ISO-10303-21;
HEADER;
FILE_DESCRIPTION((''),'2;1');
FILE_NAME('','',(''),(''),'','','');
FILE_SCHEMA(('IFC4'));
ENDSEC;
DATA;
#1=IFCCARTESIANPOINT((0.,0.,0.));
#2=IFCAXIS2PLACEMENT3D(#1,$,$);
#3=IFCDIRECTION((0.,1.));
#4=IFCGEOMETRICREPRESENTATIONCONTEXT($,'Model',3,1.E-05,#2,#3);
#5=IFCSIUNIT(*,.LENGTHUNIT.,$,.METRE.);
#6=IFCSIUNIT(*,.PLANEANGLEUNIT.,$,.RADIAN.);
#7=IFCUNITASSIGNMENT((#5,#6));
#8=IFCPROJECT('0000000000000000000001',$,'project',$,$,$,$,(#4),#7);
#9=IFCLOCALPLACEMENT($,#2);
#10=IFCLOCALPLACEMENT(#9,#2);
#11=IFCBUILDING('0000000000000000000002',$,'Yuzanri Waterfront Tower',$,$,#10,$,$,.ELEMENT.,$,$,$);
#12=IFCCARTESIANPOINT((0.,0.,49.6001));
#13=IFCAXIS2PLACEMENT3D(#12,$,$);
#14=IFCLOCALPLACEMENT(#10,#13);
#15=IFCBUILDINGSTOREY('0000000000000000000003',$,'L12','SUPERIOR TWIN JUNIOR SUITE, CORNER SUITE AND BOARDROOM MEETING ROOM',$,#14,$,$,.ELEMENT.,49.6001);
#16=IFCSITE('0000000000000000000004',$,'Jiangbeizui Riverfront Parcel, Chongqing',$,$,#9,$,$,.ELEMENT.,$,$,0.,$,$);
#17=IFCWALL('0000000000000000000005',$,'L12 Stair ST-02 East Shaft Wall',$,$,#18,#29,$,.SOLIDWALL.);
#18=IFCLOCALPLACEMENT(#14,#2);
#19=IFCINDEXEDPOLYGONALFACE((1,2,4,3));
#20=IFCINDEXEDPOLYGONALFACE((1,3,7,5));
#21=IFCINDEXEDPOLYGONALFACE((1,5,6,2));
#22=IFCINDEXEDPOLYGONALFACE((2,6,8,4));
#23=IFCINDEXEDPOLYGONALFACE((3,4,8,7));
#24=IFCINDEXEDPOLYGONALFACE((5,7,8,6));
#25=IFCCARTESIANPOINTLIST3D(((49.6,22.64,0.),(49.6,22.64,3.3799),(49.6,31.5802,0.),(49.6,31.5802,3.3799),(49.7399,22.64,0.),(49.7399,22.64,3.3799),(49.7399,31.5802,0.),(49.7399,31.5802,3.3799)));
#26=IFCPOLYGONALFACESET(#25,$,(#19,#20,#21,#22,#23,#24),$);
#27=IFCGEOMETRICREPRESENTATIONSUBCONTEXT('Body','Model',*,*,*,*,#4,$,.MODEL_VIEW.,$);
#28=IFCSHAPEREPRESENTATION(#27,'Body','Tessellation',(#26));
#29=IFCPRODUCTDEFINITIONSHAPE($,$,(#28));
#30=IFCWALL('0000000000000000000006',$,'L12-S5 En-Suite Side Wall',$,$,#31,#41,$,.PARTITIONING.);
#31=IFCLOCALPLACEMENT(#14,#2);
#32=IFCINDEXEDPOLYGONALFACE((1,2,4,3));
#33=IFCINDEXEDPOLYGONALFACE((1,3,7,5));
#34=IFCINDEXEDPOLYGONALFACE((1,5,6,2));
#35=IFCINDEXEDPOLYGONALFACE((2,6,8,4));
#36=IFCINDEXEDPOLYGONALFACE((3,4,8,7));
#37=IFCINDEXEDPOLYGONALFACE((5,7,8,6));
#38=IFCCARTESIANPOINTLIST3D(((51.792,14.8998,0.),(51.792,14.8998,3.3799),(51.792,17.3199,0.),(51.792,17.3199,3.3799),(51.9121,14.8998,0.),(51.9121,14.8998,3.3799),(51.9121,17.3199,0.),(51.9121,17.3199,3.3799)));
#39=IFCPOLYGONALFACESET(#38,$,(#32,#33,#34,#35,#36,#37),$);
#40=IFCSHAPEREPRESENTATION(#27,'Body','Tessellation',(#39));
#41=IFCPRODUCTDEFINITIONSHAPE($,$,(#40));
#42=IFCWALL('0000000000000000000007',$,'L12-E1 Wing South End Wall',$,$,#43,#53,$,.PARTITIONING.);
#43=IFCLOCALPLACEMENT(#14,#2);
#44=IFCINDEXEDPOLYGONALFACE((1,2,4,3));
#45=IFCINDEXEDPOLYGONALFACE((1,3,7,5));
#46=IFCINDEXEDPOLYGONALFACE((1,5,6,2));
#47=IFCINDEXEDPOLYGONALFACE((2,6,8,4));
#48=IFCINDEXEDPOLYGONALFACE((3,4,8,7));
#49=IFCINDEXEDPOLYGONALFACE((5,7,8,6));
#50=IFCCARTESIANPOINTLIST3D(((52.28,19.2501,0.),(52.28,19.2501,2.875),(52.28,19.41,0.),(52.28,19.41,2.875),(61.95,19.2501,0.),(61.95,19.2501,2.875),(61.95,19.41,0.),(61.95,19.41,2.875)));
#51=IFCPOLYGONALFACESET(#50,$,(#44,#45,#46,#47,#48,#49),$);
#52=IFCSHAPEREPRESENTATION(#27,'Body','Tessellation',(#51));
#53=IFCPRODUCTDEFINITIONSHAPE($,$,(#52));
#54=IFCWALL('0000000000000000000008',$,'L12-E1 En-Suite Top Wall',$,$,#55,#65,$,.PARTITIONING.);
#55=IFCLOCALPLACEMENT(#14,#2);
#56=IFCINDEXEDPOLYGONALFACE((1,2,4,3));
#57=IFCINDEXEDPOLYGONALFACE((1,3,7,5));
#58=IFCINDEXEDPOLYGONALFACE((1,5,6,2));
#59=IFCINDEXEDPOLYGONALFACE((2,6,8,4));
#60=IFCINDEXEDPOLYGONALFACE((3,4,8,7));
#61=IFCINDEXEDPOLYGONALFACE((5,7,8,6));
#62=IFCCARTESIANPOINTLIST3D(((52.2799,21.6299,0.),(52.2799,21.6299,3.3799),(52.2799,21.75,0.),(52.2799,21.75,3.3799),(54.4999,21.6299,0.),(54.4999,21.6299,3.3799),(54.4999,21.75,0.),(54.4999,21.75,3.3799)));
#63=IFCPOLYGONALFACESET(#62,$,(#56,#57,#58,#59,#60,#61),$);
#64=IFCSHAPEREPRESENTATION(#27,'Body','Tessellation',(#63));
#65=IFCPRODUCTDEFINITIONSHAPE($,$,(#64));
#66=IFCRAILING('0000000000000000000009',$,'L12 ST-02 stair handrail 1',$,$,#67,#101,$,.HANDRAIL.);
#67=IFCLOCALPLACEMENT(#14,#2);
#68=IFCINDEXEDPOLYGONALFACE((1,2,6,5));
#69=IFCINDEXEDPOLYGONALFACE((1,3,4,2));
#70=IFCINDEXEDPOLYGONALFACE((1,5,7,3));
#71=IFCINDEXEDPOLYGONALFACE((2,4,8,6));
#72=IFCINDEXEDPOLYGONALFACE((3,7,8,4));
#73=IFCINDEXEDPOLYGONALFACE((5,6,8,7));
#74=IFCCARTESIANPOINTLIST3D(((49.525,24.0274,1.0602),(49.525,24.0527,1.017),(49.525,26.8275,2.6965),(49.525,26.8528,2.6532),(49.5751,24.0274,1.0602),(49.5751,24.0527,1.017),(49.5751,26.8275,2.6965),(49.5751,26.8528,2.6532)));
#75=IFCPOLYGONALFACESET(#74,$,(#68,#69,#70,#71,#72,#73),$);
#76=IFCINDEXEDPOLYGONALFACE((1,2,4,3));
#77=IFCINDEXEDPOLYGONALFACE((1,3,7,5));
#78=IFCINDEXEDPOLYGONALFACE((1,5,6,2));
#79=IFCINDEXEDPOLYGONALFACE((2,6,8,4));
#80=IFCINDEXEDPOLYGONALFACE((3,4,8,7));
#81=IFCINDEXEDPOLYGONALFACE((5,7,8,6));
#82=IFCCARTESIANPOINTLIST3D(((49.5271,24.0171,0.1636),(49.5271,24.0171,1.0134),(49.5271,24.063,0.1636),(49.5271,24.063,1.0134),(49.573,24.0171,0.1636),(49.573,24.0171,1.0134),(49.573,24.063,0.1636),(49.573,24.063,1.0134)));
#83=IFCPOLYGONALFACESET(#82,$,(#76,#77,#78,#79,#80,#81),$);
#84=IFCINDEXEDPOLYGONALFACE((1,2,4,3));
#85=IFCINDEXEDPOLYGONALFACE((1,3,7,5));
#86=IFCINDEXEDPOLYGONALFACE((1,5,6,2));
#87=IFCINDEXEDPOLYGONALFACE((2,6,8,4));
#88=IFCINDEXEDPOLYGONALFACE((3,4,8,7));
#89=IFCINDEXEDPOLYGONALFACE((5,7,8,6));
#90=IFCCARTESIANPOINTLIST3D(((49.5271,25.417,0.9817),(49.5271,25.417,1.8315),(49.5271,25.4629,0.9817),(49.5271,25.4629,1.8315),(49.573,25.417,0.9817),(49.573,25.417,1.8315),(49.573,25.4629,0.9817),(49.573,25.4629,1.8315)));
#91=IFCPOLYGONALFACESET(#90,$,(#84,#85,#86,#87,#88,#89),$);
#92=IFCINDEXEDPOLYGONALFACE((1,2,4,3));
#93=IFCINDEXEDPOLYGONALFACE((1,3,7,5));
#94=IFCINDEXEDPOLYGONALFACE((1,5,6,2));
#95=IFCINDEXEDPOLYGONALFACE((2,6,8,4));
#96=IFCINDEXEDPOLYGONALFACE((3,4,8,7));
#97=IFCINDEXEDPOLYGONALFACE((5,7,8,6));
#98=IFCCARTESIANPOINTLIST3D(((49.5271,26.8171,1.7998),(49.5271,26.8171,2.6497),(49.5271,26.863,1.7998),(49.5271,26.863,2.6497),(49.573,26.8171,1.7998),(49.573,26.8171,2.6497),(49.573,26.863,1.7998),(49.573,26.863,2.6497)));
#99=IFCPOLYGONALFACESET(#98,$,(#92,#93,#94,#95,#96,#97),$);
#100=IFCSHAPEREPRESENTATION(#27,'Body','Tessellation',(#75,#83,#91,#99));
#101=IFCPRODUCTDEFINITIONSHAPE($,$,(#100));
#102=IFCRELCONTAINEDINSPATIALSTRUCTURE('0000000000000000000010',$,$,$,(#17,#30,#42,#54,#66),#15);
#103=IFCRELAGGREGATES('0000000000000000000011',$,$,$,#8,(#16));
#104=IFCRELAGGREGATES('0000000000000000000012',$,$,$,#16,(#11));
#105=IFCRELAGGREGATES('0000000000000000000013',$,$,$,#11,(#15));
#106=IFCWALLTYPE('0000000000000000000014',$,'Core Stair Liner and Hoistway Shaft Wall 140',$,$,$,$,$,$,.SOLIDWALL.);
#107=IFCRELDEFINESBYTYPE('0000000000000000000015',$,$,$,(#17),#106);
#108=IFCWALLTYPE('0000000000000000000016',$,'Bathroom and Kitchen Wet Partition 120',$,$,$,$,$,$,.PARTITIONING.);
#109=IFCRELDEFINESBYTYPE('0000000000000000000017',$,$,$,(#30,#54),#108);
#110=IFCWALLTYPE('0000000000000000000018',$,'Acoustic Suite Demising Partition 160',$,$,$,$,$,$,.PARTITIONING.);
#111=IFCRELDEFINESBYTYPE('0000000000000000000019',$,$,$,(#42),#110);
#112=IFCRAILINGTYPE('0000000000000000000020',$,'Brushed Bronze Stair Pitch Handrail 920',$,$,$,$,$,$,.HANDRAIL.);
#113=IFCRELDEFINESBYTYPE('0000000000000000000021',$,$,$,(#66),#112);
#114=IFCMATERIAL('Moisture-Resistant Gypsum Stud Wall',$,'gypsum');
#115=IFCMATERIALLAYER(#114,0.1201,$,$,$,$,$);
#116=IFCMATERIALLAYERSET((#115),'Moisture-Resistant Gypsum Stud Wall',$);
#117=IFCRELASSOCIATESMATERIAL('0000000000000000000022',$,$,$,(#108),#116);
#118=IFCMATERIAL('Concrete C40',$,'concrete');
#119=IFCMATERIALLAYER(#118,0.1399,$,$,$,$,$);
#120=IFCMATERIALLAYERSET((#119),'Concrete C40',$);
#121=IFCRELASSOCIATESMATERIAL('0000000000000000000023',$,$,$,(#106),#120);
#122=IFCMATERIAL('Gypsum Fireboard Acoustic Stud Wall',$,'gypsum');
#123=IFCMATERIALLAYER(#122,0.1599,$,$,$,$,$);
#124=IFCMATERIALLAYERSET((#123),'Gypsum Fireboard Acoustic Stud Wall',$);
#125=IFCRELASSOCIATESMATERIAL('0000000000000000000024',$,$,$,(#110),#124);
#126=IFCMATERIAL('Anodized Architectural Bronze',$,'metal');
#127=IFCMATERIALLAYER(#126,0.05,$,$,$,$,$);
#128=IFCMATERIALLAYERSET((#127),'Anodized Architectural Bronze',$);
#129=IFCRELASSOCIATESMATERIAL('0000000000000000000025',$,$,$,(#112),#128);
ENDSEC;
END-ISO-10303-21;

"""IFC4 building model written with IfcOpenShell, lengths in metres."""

from ifc_helpers import new_model, si_unit, direction, frame, frame_2d, origin, origin_2d, place, context, subcontext, project, spatial, rectangle, extrude, source, transform, mapped, material, layer, layer_set, type_object, element, save


model = new_model("IFC4")

# Units and contexts
model_context = context("Model", 3, precision=1e-05, world=origin(), true_north=direction((0.0, 1.0)))
body_context = subcontext(model_context, "Body", "Model", "MODEL_VIEW")
ifc_project = project(units=[si_unit("LENGTHUNIT", "METRE"), si_unit("PLANEANGLEUNIT", "RADIAN")], contexts=[model_context])

# Site, building, storey
site_placement = place(None, origin())
site = spatial("IfcSite", under=ifc_project, at=site_placement, Name="Jiangbeizui Riverfront Parcel, Chongqing", CompositionType="ELEMENT", RefElevation=0.0)
building_placement = place(site_placement, origin())
building = spatial("IfcBuilding", under=site, at=building_placement, Name="Yuzanri Waterfront Tower", CompositionType="ELEMENT")
storey_placement = place(building_placement, frame((0.0, 0.0, 49.6001)))
storey = spatial("IfcBuildingStorey", under=building, at=storey_placement, Name="L12", Description="SUPERIOR TWIN JUNIOR SUITE, CORNER SUITE AND BOARDROOM MEETING ROOM", CompositionType="ELEMENT", Elevation=49.6001)

# Shared definitions
ifc_material_1 = material(Name="Moisture-Resistant Gypsum Stud Wall", Category="gypsum")
ifc_layer_1 = layer(ifc_material_1, 0.1201)
ifc_layer_set_1 = layer_set([ifc_layer_1], Name="Moisture-Resistant Gypsum Stud Wall")
wall_type_1 = type_object("IfcWallType", Name="Bathroom and Kitchen Wet Partition 120", PredefinedType="PARTITIONING", material=ifc_layer_set_1)

# Walls
ifc_material_2 = material(Name="Concrete C40", Category="concrete")
ifc_layer_2 = layer(ifc_material_2, 0.1399)
ifc_layer_set_2 = layer_set([ifc_layer_2], Name="Concrete C40")
wall_type_2 = type_object("IfcWallType", Name="Core Stair Liner and Hoistway Shaft Wall 140", PredefinedType="SOLIDWALL", material=ifc_layer_set_2)
shared_shape_1 = source(origin(), body_context, "Body", "SweptSolid", [
    extrude(rectangle(XDim=8.9402, YDim=0.1399, at=frame_2d((4.4702, 0.0))), origin(), (0.0, 0.0, 1.0), 3.3799),
])
wall_1_placement = place(storey_placement, frame((49.6699, 22.6399, 0.0), z_axis=(0.0, 0.0, 1.0), x_axis=(0.0, 1.0, 0.0)))
element("IfcWall", 1, at=wall_1_placement, inside=storey, type_object=wall_type_2, Name="L12 Stair ST-02 East Shaft Wall", PredefinedType="SOLIDWALL", context=body_context, shape_type="MappedRepresentation", body=[
    mapped(shared_shape_1, transform((0.0, 0.0, 0.0), scale=1.0)),
])
shared_shape_2 = source(origin(), body_context, "Body", "SweptSolid", [
    extrude(rectangle(XDim=2.4202, YDim=0.1201, at=frame_2d((1.21, 0.0))), origin(), (0.0, 0.0, 1.0), 3.3799),
])
wall_2_placement = place(storey_placement, frame((51.8521, 14.8999, 0.0), z_axis=(0.0, 0.0, 1.0), x_axis=(0.0, 1.0, 0.0)))
element("IfcWall", 2, at=wall_2_placement, inside=storey, type_object=wall_type_1, Name="L12-S5 En-Suite Side Wall", PredefinedType="PARTITIONING", context=body_context, shape_type="MappedRepresentation", body=[
    mapped(shared_shape_2, transform((0.0, 0.0, 0.0), scale=1.0)),
])
ifc_material_3 = material(Name="Gypsum Fireboard Acoustic Stud Wall", Category="gypsum")
ifc_layer_3 = layer(ifc_material_3, 0.1599)
ifc_layer_set_3 = layer_set([ifc_layer_3], Name="Gypsum Fireboard Acoustic Stud Wall")
wall_type_3 = type_object("IfcWallType", Name="Acoustic Suite Demising Partition 160", PredefinedType="PARTITIONING", material=ifc_layer_set_3)
shared_shape_3 = source(origin(), body_context, "Body", "SweptSolid", [
    extrude(rectangle(XDim=9.6699, YDim=0.1599, at=frame_2d((4.835, 0.0))), origin(), (0.0, 0.0, 1.0), 2.875),
])
wall_3_placement = place(storey_placement, frame((52.28, 19.3301, 0.0), z_axis=(0.0, 0.0, 1.0), x_axis=(1.0, 0.0, 0.0)))
element("IfcWall", 3, at=wall_3_placement, inside=storey, type_object=wall_type_3, Name="L12-E1 Wing South End Wall", PredefinedType="PARTITIONING", context=body_context, shape_type="MappedRepresentation", body=[
    mapped(shared_shape_3, transform((0.0, 0.0, 0.0), scale=1.0)),
])
shared_shape_4 = source(origin(), body_context, "Body", "SweptSolid", [
    extrude(rectangle(XDim=2.22, YDim=0.1201, at=frame_2d((1.1099, 0.0))), origin(), (0.0, 0.0, 1.0), 3.3799),
])
wall_4_placement = place(storey_placement, frame((52.28, 21.6899, 0.0), z_axis=(0.0, 0.0, 1.0), x_axis=(1.0, 0.0, 0.0)))
element("IfcWall", 4, at=wall_4_placement, inside=storey, type_object=wall_type_1, Name="L12-E1 En-Suite Top Wall", PredefinedType="PARTITIONING", context=body_context, shape_type="MappedRepresentation", body=[
    mapped(shared_shape_4, transform((0.0, 0.0, 0.0), scale=1.0)),
])

# Railing
ifc_material_4 = material(Name="Anodized Architectural Bronze", Category="metal")
ifc_layer_4 = layer(ifc_material_4, 0.05)
ifc_layer_set_4 = layer_set([ifc_layer_4], Name="Anodized Architectural Bronze")
railing_type = type_object("IfcRailingType", Name="Brushed Bronze Stair Pitch Handrail 920", PredefinedType="HANDRAIL", material=ifc_layer_set_4)
shared_shape_5 = source(origin(), body_context, "Body", "SweptSolid", [
    extrude(rectangle(XDim=0.05, YDim=0.05, at=origin_2d()), frame((0.0, 0.0, 0.875), z_axis=(0.0, 0.863394, 0.504531), x_axis=(-1.0, 0.0, 0.0)), (0.0, 0.0, 1.0), 3.2432),
    extrude(rectangle(XDim=0.0459, YDim=0.0459, at=origin_2d()), origin(), (0.0, 0.0, 1.0), 0.8499),
    extrude(rectangle(XDim=0.0459, YDim=0.0459, at=origin_2d()), frame((0.0, 1.3999, 0.8181)), (0.0, 0.0, 1.0), 0.8499),
    extrude(rectangle(XDim=0.0459, YDim=0.0459, at=origin_2d()), frame((0.0, 2.8, 1.6362)), (0.0, 0.0, 1.0), 0.8499),
])
railing_placement = place(storey_placement, frame((49.55, 24.04, 0.1636)))
element("IfcRailing", 5, at=railing_placement, inside=storey, type_object=railing_type, Name="L12 ST-02 stair handrail 1", PredefinedType="HANDRAIL", context=body_context, shape_type="MappedRepresentation", body=[
    mapped(shared_shape_5, transform((0.0, 0.0, 0.0), scale=1.0)),
])

save(model, "model.ifc")
